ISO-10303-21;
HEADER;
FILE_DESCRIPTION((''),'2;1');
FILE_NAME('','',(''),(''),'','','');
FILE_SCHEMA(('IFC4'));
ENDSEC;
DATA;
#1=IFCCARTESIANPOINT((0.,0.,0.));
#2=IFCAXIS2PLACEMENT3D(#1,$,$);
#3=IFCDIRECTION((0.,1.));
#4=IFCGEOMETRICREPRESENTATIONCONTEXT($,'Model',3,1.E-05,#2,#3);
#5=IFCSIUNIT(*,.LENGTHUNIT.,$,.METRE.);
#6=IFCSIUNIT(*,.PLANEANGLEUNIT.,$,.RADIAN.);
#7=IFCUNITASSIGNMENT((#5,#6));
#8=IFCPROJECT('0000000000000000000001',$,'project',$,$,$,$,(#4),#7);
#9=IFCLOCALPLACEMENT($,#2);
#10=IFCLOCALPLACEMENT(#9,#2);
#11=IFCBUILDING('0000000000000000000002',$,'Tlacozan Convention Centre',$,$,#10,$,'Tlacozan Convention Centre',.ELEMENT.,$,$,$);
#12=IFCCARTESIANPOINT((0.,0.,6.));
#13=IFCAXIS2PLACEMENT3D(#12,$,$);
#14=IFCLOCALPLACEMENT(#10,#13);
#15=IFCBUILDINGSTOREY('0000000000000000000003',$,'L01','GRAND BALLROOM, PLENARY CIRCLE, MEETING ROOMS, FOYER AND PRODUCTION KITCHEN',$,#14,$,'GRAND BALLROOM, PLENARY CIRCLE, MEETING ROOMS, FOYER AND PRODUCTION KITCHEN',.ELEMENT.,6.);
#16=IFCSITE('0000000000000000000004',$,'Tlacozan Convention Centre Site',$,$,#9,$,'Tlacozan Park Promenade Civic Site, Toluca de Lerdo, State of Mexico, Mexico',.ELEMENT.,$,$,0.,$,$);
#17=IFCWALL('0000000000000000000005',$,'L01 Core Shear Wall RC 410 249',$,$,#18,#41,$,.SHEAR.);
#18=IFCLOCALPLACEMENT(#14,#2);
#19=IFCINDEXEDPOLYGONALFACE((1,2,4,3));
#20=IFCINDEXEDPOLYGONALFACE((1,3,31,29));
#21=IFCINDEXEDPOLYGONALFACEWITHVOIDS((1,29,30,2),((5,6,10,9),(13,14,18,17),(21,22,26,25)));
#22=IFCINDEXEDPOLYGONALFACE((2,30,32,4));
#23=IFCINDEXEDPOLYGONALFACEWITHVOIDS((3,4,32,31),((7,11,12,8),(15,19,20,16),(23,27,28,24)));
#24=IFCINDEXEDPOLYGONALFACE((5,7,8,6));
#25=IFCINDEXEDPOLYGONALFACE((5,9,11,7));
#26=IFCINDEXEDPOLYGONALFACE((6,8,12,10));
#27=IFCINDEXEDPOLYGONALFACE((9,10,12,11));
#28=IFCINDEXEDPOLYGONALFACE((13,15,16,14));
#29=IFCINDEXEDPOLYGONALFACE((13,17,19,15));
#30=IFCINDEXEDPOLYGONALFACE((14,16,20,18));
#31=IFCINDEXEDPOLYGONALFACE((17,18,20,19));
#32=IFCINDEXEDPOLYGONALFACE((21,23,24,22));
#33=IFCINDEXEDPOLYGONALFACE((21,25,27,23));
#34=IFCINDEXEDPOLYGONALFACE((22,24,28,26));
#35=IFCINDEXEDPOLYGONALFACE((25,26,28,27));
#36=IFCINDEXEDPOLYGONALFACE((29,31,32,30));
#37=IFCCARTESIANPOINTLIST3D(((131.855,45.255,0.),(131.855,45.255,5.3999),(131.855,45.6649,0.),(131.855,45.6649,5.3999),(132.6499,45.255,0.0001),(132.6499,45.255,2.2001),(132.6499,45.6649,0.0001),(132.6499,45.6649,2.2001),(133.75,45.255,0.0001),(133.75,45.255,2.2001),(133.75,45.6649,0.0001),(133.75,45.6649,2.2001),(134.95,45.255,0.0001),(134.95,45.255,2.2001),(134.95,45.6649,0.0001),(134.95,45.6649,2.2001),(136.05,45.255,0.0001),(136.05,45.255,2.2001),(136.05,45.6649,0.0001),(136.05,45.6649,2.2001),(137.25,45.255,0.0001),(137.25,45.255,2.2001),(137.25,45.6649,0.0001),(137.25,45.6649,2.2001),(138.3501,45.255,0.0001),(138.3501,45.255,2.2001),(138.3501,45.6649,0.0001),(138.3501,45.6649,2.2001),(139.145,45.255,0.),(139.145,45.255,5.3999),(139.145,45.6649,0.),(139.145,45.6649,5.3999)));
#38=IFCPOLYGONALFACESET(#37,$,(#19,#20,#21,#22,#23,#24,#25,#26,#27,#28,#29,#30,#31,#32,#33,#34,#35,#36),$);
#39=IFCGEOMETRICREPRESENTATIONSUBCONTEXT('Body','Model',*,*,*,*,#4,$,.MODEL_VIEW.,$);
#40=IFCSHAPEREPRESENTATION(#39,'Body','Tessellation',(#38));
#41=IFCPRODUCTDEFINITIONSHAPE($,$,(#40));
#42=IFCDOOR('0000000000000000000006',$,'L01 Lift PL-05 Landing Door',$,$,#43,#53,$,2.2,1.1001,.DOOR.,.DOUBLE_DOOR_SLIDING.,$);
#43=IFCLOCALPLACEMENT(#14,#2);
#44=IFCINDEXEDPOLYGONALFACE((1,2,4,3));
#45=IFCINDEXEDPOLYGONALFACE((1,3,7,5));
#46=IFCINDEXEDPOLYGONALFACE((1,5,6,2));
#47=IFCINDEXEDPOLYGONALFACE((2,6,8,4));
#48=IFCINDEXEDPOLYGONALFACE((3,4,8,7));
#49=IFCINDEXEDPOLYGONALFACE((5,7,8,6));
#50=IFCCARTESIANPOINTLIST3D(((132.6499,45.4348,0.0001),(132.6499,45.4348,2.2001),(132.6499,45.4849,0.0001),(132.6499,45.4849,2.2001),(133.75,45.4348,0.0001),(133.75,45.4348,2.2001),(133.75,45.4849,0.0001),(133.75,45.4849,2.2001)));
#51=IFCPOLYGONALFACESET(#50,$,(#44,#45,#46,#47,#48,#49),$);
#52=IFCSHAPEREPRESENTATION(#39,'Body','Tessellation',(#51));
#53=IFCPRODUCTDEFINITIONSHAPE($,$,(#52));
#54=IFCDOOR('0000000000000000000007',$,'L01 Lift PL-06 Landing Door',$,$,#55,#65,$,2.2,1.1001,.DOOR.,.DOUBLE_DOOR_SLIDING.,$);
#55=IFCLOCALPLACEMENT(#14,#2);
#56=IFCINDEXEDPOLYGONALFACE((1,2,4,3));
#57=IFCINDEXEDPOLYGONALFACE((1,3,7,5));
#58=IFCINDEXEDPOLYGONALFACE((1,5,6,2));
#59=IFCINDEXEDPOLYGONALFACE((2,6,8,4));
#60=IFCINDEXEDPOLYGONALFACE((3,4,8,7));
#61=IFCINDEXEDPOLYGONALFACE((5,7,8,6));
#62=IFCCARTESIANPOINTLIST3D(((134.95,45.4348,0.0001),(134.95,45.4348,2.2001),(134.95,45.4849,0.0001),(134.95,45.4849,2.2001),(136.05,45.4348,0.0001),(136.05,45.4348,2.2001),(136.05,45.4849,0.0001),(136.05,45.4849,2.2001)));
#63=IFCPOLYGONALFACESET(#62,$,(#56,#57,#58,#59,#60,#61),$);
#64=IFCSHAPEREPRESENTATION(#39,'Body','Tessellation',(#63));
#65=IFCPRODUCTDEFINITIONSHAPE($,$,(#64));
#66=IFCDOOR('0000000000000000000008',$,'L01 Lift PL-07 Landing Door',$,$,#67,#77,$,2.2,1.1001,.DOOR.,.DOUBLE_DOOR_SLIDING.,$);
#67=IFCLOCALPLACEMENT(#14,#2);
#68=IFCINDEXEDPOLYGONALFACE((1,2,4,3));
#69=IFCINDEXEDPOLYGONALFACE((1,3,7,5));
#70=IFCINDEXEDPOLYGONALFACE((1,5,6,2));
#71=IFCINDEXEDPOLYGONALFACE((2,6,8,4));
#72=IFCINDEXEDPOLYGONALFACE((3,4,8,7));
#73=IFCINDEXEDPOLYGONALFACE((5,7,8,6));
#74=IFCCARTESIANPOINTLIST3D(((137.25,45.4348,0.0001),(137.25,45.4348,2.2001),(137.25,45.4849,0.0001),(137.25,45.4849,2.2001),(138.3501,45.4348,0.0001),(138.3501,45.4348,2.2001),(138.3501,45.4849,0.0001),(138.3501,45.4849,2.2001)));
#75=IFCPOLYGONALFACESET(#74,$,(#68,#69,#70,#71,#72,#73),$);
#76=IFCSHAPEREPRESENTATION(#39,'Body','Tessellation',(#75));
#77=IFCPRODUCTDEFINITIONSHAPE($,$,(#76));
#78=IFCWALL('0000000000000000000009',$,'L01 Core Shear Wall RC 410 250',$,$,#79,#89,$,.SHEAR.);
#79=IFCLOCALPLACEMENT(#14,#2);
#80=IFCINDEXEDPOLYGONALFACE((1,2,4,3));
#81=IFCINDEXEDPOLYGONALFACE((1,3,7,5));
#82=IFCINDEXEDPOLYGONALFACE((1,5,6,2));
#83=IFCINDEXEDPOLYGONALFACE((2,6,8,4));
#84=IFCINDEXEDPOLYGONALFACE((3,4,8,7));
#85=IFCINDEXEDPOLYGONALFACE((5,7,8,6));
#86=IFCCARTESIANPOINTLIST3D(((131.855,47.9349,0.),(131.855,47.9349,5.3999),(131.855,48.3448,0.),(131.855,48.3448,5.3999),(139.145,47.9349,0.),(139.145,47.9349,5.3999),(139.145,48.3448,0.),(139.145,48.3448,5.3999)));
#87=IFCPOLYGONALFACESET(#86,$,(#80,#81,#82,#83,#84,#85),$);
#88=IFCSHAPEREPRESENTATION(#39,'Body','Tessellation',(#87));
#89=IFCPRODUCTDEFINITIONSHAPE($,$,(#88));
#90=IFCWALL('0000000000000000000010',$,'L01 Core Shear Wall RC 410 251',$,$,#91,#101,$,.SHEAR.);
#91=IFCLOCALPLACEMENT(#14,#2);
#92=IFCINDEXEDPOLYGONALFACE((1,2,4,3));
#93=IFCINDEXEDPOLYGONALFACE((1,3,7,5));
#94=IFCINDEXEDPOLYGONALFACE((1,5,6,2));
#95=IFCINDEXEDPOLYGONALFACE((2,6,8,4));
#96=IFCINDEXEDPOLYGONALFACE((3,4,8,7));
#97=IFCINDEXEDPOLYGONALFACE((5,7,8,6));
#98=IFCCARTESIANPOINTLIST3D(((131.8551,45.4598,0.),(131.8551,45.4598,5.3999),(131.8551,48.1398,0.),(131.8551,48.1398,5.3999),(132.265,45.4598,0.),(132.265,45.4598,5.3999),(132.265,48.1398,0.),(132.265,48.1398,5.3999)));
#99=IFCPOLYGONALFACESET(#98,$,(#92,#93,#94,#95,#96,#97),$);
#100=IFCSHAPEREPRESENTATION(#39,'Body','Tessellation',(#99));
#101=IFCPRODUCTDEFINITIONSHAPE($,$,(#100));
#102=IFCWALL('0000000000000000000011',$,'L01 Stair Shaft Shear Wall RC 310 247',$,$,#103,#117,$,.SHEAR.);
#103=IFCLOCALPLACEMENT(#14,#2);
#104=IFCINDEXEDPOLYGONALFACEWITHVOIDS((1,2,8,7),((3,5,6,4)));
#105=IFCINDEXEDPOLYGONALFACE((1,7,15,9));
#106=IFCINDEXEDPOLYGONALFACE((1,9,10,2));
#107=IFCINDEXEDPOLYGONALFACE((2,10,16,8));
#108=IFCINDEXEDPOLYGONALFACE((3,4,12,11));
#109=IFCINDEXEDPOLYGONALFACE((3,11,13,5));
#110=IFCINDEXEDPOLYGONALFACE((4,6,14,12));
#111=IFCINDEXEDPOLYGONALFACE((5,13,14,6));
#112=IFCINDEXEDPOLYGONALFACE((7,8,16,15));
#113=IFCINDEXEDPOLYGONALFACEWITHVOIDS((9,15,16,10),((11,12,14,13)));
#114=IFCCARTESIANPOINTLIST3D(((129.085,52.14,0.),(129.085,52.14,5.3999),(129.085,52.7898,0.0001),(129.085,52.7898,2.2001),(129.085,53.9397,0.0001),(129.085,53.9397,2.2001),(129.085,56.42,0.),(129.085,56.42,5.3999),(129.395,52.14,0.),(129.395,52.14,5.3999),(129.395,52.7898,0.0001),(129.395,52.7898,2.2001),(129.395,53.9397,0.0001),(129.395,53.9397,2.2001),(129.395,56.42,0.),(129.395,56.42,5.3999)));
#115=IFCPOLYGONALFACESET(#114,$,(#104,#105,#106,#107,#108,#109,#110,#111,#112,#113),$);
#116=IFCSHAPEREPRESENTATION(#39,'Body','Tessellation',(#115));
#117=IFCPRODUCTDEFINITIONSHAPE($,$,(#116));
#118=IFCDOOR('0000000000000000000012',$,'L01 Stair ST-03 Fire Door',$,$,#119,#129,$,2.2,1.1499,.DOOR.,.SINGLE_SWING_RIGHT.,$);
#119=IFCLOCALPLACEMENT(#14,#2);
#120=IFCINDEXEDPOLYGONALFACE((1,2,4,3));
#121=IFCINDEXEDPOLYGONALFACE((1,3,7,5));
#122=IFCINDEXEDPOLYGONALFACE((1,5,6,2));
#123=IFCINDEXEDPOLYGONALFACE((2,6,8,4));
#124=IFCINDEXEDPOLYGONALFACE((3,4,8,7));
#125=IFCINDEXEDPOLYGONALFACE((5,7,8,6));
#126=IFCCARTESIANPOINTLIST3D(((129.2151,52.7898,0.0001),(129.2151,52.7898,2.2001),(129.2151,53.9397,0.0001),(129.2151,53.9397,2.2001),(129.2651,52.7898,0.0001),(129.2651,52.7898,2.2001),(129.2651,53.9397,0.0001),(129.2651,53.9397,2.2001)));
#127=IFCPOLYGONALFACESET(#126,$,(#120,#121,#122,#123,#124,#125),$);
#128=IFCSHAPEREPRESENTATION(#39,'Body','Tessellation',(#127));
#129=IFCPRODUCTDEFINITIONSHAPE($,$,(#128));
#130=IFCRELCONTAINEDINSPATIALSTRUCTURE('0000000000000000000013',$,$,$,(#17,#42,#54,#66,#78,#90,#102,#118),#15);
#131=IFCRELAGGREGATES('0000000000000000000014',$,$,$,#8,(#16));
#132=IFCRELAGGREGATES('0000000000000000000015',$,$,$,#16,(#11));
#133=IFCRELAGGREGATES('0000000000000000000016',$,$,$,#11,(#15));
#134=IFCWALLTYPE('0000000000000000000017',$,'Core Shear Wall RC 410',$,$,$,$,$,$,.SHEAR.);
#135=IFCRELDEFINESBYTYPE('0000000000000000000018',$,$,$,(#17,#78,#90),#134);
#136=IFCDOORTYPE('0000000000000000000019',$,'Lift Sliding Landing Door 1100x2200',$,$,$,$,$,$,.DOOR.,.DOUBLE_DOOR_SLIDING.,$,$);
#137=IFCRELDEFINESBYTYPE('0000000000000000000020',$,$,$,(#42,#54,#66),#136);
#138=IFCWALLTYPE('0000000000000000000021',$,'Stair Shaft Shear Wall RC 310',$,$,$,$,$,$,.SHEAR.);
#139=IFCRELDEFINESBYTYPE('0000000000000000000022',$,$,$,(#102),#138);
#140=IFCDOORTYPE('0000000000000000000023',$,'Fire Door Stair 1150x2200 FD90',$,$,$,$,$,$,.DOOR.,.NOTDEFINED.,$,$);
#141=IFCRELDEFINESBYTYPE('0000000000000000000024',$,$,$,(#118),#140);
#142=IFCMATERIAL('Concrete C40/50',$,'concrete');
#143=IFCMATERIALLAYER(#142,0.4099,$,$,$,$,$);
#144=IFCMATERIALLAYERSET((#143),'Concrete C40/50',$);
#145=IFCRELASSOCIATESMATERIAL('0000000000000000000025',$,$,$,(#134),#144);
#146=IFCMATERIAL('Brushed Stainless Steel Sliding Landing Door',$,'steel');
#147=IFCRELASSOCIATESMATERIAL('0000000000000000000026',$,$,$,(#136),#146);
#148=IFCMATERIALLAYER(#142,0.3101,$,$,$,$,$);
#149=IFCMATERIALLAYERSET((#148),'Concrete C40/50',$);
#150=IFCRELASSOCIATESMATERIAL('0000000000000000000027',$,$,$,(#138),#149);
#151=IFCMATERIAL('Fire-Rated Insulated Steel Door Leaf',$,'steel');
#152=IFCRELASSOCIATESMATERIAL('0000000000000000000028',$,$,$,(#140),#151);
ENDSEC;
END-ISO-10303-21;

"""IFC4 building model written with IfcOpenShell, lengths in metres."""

from ifc_helpers import new_model, si_unit, direction, frame, frame_2d, origin, place, context, subcontext, project, spatial, rectangle, extrude, material, layer, layer_set, type_object, element, fill, save


model = new_model("IFC4")

# Units and contexts
model_context = context("Model", 3, precision=1e-05, world=origin(), true_north=direction((0.0, 1.0)))
body_context = subcontext(model_context, "Body", "Model", "MODEL_VIEW")
ifc_project = project(units=[si_unit("LENGTHUNIT", "METRE"), si_unit("PLANEANGLEUNIT", "RADIAN")], contexts=[model_context])

# Site, building, storey
site_placement = place(None, origin())
site = spatial("IfcSite", under=ifc_project, at=site_placement, Name="Tlacozan Convention Centre Site", LongName="Tlacozan Park Promenade Civic Site, Toluca de Lerdo, State of Mexico, Mexico", CompositionType="ELEMENT", RefElevation=0.0)
building_placement = place(site_placement, origin())
building = spatial("IfcBuilding", under=site, at=building_placement, Name="Tlacozan Convention Centre", LongName="Tlacozan Convention Centre", CompositionType="ELEMENT")
storey_placement = place(building_placement, frame((0.0, 0.0, 6.0)))
storey = spatial("IfcBuildingStorey", under=building, at=storey_placement, Name="L01", Description="GRAND BALLROOM, PLENARY CIRCLE, MEETING ROOMS, FOYER AND PRODUCTION KITCHEN", LongName="GRAND BALLROOM, PLENARY CIRCLE, MEETING ROOMS, FOYER AND PRODUCTION KITCHEN", CompositionType="ELEMENT", Elevation=6.0)

# Shared definitions
ifc_material_1 = material(Name="Concrete C40/50", Category="concrete")

# Wall, openings, doors
ifc_layer_1 = layer(ifc_material_1, 0.4099)
ifc_layer_set_1 = layer_set([ifc_layer_1], Name="Concrete C40/50")
wall_type_1 = type_object("IfcWallType", Name="Core Shear Wall RC 410", PredefinedType="SHEAR", material=ifc_layer_set_1)
wall_1_placement = place(storey_placement, frame((131.855, 45.46, 0.0), z_axis=(0.0, 0.0, 1.0), x_axis=(1.0, 0.0, 0.0)))
wall_1 = element("IfcWall", 1, at=wall_1_placement, inside=storey, type_object=wall_type_1, Name="L01 Core Shear Wall RC 410 249", PredefinedType="SHEAR", context=body_context, shape_type="SweptSolid", body=[
    extrude(rectangle(XDim=7.29, YDim=0.4099, at=frame_2d((3.645, 0.0))), origin(), (0.0, 0.0, 1.0), 5.3999),
])
opening_1_placement = place(wall_1_placement, frame((0.7949, 0.0, 0.0)))
opening_1 = element("IfcOpeningElement", 2, at=opening_1_placement, cuts=wall_1, PredefinedType="OPENING", context=body_context, shape_type="SweptSolid", body=[
    extrude(rectangle(XDim=1.1001, YDim=2.2, at=frame_2d((0.55, 1.1001))), frame((0.0, 0.2148, 0.0), z_axis=(0.0, -1.0, 0.0), x_axis=(1.0, 0.0, 0.0)), (0.0, 0.0, 1.0), 0.4299),
])
opening_2_placement = place(wall_1_placement, frame((3.095, 0.0, 0.0)))
opening_2 = element("IfcOpeningElement", 3, at=opening_2_placement, cuts=wall_1, PredefinedType="OPENING", context=body_context, shape_type="SweptSolid", body=[
    extrude(rectangle(XDim=1.1001, YDim=2.2, at=frame_2d((0.55, 1.1001))), frame((0.0, 0.2148, 0.0), z_axis=(0.0, -1.0, 0.0), x_axis=(1.0, 0.0, 0.0)), (0.0, 0.0, 1.0), 0.4299),
])
opening_3_placement = place(wall_1_placement, frame((5.395, 0.0, 0.0)))
opening_3 = element("IfcOpeningElement", 4, at=opening_3_placement, cuts=wall_1, PredefinedType="OPENING", context=body_context, shape_type="SweptSolid", body=[
    extrude(rectangle(XDim=1.1001, YDim=2.2, at=frame_2d((0.55, 1.1001))), frame((0.0, 0.2148, 0.0), z_axis=(0.0, -1.0, 0.0), x_axis=(1.0, 0.0, 0.0)), (0.0, 0.0, 1.0), 0.4299),
])
ifc_material_2 = material(Name="Brushed Stainless Steel Sliding Landing Door", Category="steel")
door_type_1 = type_object("IfcDoorType", Name="Lift Sliding Landing Door 1100x2200", OperationType="DOUBLE_DOOR_SLIDING", PredefinedType="DOOR", material=ifc_material_2)
door_1_placement = place(opening_1_placement, origin())
door_1 = element("IfcDoor", 5, at=door_1_placement, inside=storey, type_object=door_type_1, Name="L01 Lift PL-05 Landing Door", OperationType="DOUBLE_DOOR_SLIDING", OverallHeight=2.2, OverallWidth=1.1001, PredefinedType="DOOR", context=body_context, shape_type="SweptSolid", body=[
    extrude(rectangle(XDim=1.1001, YDim=2.2, at=frame_2d((0.55, 1.1001))), frame((0.0, 0.0249, 0.0), z_axis=(0.0, -1.0, 0.0), x_axis=(1.0, 0.0, 0.0)), (0.0, 0.0, 1.0), 0.05),
])
fill(opening_1, door_1)
door_2_placement = place(opening_2_placement, origin())
door_2 = element("IfcDoor", 6, at=door_2_placement, inside=storey, type_object=door_type_1, Name="L01 Lift PL-06 Landing Door", OperationType="DOUBLE_DOOR_SLIDING", OverallHeight=2.2, OverallWidth=1.1001, PredefinedType="DOOR", context=body_context, shape_type="SweptSolid", body=[
    extrude(rectangle(XDim=1.1001, YDim=2.2, at=frame_2d((0.55, 1.1001))), frame((0.0, 0.0249, 0.0), z_axis=(0.0, -1.0, 0.0), x_axis=(1.0, 0.0, 0.0)), (0.0, 0.0, 1.0), 0.05),
])
fill(opening_2, door_2)
door_3_placement = place(opening_3_placement, origin())
door_3 = element("IfcDoor", 7, at=door_3_placement, inside=storey, type_object=door_type_1, Name="L01 Lift PL-07 Landing Door", OperationType="DOUBLE_DOOR_SLIDING", OverallHeight=2.2, OverallWidth=1.1001, PredefinedType="DOOR", context=body_context, shape_type="SweptSolid", body=[
    extrude(rectangle(XDim=1.1001, YDim=2.2, at=frame_2d((0.55, 1.1001))), frame((0.0, 0.0249, 0.0), z_axis=(0.0, -1.0, 0.0), x_axis=(1.0, 0.0, 0.0)), (0.0, 0.0, 1.0), 0.05),
])
fill(opening_3, door_3)

# Walls
wall_2_placement = place(storey_placement, frame((131.855, 48.1399, 0.0), z_axis=(0.0, 0.0, 1.0), x_axis=(1.0, 0.0, 0.0)))
element("IfcWall", 8, at=wall_2_placement, inside=storey, type_object=wall_type_1, Name="L01 Core Shear Wall RC 410 250", PredefinedType="SHEAR", context=body_context, shape_type="SweptSolid", body=[
    extrude(rectangle(XDim=7.29, YDim=0.4099, at=frame_2d((3.645, 0.0))), origin(), (0.0, 0.0, 1.0), 5.3999),
])
wall_3_placement = place(storey_placement, frame((132.0601, 45.46, 0.0), z_axis=(0.0, 0.0, 1.0), x_axis=(0.0, 1.0, 0.0)))
element("IfcWall", 9, at=wall_3_placement, inside=storey, type_object=wall_type_1, Name="L01 Core Shear Wall RC 410 251", PredefinedType="SHEAR", context=body_context, shape_type="SweptSolid", body=[
    extrude(rectangle(XDim=2.6799, YDim=0.4099, at=frame_2d((1.3398, 0.0))), origin(), (0.0, 0.0, 1.0), 5.3999),
])
ifc_layer_2 = layer(ifc_material_1, 0.3101)
ifc_layer_set_2 = layer_set([ifc_layer_2], Name="Concrete C40/50")
wall_type_2 = type_object("IfcWallType", Name="Stair Shaft Shear Wall RC 310", PredefinedType="SHEAR", material=ifc_layer_set_2)

# Wall, opening, door
wall_4_placement = place(storey_placement, frame((129.24, 52.1399, 0.0), z_axis=(0.0, 0.0, 1.0), x_axis=(0.0, 1.0, 0.0)))
wall_4 = element("IfcWall", 10, at=wall_4_placement, inside=storey, type_object=wall_type_2, Name="L01 Stair Shaft Shear Wall RC 310 247", PredefinedType="SHEAR", context=body_context, shape_type="SweptSolid", body=[
    extrude(rectangle(XDim=4.28, YDim=0.3101, at=frame_2d((2.1401, 0.0))), origin(), (0.0, 0.0, 1.0), 5.3999),
])
opening_4_placement = place(wall_4_placement, frame((0.6499, 0.0, 0.0)))
opening_4 = element("IfcOpeningElement", 11, at=opening_4_placement, cuts=wall_4, PredefinedType="OPENING", context=body_context, shape_type="SweptSolid", body=[
    extrude(rectangle(XDim=1.1499, YDim=2.2, at=frame_2d((0.575, 1.1001))), frame((0.0, 0.165, 0.0), z_axis=(0.0, -1.0, 0.0), x_axis=(1.0, 0.0, 0.0)), (0.0, 0.0, 1.0), 0.3301),
])
ifc_material_3 = material(Name="Fire-Rated Insulated Steel Door Leaf", Category="steel")
door_type_2 = type_object("IfcDoorType", Name="Fire Door Stair 1150x2200 FD90", OperationType="NOTDEFINED", PredefinedType="DOOR", material=ifc_material_3)
door_4_placement = place(opening_4_placement, origin())
door_4 = element("IfcDoor", 12, at=door_4_placement, inside=storey, type_object=door_type_2, Name="L01 Stair ST-03 Fire Door", OperationType="SINGLE_SWING_RIGHT", OverallHeight=2.2, OverallWidth=1.1499, PredefinedType="DOOR", context=body_context, shape_type="SweptSolid", body=[
    extrude(rectangle(XDim=1.1499, YDim=2.2, at=frame_2d((0.575, 1.1001))), frame((0.0, 0.0249, 0.0), z_axis=(0.0, -1.0, 0.0), x_axis=(1.0, 0.0, 0.0)), (0.0, 0.0, 1.0), 0.05),
])
fill(opening_4, door_4)

save(model, "model.ifc")
